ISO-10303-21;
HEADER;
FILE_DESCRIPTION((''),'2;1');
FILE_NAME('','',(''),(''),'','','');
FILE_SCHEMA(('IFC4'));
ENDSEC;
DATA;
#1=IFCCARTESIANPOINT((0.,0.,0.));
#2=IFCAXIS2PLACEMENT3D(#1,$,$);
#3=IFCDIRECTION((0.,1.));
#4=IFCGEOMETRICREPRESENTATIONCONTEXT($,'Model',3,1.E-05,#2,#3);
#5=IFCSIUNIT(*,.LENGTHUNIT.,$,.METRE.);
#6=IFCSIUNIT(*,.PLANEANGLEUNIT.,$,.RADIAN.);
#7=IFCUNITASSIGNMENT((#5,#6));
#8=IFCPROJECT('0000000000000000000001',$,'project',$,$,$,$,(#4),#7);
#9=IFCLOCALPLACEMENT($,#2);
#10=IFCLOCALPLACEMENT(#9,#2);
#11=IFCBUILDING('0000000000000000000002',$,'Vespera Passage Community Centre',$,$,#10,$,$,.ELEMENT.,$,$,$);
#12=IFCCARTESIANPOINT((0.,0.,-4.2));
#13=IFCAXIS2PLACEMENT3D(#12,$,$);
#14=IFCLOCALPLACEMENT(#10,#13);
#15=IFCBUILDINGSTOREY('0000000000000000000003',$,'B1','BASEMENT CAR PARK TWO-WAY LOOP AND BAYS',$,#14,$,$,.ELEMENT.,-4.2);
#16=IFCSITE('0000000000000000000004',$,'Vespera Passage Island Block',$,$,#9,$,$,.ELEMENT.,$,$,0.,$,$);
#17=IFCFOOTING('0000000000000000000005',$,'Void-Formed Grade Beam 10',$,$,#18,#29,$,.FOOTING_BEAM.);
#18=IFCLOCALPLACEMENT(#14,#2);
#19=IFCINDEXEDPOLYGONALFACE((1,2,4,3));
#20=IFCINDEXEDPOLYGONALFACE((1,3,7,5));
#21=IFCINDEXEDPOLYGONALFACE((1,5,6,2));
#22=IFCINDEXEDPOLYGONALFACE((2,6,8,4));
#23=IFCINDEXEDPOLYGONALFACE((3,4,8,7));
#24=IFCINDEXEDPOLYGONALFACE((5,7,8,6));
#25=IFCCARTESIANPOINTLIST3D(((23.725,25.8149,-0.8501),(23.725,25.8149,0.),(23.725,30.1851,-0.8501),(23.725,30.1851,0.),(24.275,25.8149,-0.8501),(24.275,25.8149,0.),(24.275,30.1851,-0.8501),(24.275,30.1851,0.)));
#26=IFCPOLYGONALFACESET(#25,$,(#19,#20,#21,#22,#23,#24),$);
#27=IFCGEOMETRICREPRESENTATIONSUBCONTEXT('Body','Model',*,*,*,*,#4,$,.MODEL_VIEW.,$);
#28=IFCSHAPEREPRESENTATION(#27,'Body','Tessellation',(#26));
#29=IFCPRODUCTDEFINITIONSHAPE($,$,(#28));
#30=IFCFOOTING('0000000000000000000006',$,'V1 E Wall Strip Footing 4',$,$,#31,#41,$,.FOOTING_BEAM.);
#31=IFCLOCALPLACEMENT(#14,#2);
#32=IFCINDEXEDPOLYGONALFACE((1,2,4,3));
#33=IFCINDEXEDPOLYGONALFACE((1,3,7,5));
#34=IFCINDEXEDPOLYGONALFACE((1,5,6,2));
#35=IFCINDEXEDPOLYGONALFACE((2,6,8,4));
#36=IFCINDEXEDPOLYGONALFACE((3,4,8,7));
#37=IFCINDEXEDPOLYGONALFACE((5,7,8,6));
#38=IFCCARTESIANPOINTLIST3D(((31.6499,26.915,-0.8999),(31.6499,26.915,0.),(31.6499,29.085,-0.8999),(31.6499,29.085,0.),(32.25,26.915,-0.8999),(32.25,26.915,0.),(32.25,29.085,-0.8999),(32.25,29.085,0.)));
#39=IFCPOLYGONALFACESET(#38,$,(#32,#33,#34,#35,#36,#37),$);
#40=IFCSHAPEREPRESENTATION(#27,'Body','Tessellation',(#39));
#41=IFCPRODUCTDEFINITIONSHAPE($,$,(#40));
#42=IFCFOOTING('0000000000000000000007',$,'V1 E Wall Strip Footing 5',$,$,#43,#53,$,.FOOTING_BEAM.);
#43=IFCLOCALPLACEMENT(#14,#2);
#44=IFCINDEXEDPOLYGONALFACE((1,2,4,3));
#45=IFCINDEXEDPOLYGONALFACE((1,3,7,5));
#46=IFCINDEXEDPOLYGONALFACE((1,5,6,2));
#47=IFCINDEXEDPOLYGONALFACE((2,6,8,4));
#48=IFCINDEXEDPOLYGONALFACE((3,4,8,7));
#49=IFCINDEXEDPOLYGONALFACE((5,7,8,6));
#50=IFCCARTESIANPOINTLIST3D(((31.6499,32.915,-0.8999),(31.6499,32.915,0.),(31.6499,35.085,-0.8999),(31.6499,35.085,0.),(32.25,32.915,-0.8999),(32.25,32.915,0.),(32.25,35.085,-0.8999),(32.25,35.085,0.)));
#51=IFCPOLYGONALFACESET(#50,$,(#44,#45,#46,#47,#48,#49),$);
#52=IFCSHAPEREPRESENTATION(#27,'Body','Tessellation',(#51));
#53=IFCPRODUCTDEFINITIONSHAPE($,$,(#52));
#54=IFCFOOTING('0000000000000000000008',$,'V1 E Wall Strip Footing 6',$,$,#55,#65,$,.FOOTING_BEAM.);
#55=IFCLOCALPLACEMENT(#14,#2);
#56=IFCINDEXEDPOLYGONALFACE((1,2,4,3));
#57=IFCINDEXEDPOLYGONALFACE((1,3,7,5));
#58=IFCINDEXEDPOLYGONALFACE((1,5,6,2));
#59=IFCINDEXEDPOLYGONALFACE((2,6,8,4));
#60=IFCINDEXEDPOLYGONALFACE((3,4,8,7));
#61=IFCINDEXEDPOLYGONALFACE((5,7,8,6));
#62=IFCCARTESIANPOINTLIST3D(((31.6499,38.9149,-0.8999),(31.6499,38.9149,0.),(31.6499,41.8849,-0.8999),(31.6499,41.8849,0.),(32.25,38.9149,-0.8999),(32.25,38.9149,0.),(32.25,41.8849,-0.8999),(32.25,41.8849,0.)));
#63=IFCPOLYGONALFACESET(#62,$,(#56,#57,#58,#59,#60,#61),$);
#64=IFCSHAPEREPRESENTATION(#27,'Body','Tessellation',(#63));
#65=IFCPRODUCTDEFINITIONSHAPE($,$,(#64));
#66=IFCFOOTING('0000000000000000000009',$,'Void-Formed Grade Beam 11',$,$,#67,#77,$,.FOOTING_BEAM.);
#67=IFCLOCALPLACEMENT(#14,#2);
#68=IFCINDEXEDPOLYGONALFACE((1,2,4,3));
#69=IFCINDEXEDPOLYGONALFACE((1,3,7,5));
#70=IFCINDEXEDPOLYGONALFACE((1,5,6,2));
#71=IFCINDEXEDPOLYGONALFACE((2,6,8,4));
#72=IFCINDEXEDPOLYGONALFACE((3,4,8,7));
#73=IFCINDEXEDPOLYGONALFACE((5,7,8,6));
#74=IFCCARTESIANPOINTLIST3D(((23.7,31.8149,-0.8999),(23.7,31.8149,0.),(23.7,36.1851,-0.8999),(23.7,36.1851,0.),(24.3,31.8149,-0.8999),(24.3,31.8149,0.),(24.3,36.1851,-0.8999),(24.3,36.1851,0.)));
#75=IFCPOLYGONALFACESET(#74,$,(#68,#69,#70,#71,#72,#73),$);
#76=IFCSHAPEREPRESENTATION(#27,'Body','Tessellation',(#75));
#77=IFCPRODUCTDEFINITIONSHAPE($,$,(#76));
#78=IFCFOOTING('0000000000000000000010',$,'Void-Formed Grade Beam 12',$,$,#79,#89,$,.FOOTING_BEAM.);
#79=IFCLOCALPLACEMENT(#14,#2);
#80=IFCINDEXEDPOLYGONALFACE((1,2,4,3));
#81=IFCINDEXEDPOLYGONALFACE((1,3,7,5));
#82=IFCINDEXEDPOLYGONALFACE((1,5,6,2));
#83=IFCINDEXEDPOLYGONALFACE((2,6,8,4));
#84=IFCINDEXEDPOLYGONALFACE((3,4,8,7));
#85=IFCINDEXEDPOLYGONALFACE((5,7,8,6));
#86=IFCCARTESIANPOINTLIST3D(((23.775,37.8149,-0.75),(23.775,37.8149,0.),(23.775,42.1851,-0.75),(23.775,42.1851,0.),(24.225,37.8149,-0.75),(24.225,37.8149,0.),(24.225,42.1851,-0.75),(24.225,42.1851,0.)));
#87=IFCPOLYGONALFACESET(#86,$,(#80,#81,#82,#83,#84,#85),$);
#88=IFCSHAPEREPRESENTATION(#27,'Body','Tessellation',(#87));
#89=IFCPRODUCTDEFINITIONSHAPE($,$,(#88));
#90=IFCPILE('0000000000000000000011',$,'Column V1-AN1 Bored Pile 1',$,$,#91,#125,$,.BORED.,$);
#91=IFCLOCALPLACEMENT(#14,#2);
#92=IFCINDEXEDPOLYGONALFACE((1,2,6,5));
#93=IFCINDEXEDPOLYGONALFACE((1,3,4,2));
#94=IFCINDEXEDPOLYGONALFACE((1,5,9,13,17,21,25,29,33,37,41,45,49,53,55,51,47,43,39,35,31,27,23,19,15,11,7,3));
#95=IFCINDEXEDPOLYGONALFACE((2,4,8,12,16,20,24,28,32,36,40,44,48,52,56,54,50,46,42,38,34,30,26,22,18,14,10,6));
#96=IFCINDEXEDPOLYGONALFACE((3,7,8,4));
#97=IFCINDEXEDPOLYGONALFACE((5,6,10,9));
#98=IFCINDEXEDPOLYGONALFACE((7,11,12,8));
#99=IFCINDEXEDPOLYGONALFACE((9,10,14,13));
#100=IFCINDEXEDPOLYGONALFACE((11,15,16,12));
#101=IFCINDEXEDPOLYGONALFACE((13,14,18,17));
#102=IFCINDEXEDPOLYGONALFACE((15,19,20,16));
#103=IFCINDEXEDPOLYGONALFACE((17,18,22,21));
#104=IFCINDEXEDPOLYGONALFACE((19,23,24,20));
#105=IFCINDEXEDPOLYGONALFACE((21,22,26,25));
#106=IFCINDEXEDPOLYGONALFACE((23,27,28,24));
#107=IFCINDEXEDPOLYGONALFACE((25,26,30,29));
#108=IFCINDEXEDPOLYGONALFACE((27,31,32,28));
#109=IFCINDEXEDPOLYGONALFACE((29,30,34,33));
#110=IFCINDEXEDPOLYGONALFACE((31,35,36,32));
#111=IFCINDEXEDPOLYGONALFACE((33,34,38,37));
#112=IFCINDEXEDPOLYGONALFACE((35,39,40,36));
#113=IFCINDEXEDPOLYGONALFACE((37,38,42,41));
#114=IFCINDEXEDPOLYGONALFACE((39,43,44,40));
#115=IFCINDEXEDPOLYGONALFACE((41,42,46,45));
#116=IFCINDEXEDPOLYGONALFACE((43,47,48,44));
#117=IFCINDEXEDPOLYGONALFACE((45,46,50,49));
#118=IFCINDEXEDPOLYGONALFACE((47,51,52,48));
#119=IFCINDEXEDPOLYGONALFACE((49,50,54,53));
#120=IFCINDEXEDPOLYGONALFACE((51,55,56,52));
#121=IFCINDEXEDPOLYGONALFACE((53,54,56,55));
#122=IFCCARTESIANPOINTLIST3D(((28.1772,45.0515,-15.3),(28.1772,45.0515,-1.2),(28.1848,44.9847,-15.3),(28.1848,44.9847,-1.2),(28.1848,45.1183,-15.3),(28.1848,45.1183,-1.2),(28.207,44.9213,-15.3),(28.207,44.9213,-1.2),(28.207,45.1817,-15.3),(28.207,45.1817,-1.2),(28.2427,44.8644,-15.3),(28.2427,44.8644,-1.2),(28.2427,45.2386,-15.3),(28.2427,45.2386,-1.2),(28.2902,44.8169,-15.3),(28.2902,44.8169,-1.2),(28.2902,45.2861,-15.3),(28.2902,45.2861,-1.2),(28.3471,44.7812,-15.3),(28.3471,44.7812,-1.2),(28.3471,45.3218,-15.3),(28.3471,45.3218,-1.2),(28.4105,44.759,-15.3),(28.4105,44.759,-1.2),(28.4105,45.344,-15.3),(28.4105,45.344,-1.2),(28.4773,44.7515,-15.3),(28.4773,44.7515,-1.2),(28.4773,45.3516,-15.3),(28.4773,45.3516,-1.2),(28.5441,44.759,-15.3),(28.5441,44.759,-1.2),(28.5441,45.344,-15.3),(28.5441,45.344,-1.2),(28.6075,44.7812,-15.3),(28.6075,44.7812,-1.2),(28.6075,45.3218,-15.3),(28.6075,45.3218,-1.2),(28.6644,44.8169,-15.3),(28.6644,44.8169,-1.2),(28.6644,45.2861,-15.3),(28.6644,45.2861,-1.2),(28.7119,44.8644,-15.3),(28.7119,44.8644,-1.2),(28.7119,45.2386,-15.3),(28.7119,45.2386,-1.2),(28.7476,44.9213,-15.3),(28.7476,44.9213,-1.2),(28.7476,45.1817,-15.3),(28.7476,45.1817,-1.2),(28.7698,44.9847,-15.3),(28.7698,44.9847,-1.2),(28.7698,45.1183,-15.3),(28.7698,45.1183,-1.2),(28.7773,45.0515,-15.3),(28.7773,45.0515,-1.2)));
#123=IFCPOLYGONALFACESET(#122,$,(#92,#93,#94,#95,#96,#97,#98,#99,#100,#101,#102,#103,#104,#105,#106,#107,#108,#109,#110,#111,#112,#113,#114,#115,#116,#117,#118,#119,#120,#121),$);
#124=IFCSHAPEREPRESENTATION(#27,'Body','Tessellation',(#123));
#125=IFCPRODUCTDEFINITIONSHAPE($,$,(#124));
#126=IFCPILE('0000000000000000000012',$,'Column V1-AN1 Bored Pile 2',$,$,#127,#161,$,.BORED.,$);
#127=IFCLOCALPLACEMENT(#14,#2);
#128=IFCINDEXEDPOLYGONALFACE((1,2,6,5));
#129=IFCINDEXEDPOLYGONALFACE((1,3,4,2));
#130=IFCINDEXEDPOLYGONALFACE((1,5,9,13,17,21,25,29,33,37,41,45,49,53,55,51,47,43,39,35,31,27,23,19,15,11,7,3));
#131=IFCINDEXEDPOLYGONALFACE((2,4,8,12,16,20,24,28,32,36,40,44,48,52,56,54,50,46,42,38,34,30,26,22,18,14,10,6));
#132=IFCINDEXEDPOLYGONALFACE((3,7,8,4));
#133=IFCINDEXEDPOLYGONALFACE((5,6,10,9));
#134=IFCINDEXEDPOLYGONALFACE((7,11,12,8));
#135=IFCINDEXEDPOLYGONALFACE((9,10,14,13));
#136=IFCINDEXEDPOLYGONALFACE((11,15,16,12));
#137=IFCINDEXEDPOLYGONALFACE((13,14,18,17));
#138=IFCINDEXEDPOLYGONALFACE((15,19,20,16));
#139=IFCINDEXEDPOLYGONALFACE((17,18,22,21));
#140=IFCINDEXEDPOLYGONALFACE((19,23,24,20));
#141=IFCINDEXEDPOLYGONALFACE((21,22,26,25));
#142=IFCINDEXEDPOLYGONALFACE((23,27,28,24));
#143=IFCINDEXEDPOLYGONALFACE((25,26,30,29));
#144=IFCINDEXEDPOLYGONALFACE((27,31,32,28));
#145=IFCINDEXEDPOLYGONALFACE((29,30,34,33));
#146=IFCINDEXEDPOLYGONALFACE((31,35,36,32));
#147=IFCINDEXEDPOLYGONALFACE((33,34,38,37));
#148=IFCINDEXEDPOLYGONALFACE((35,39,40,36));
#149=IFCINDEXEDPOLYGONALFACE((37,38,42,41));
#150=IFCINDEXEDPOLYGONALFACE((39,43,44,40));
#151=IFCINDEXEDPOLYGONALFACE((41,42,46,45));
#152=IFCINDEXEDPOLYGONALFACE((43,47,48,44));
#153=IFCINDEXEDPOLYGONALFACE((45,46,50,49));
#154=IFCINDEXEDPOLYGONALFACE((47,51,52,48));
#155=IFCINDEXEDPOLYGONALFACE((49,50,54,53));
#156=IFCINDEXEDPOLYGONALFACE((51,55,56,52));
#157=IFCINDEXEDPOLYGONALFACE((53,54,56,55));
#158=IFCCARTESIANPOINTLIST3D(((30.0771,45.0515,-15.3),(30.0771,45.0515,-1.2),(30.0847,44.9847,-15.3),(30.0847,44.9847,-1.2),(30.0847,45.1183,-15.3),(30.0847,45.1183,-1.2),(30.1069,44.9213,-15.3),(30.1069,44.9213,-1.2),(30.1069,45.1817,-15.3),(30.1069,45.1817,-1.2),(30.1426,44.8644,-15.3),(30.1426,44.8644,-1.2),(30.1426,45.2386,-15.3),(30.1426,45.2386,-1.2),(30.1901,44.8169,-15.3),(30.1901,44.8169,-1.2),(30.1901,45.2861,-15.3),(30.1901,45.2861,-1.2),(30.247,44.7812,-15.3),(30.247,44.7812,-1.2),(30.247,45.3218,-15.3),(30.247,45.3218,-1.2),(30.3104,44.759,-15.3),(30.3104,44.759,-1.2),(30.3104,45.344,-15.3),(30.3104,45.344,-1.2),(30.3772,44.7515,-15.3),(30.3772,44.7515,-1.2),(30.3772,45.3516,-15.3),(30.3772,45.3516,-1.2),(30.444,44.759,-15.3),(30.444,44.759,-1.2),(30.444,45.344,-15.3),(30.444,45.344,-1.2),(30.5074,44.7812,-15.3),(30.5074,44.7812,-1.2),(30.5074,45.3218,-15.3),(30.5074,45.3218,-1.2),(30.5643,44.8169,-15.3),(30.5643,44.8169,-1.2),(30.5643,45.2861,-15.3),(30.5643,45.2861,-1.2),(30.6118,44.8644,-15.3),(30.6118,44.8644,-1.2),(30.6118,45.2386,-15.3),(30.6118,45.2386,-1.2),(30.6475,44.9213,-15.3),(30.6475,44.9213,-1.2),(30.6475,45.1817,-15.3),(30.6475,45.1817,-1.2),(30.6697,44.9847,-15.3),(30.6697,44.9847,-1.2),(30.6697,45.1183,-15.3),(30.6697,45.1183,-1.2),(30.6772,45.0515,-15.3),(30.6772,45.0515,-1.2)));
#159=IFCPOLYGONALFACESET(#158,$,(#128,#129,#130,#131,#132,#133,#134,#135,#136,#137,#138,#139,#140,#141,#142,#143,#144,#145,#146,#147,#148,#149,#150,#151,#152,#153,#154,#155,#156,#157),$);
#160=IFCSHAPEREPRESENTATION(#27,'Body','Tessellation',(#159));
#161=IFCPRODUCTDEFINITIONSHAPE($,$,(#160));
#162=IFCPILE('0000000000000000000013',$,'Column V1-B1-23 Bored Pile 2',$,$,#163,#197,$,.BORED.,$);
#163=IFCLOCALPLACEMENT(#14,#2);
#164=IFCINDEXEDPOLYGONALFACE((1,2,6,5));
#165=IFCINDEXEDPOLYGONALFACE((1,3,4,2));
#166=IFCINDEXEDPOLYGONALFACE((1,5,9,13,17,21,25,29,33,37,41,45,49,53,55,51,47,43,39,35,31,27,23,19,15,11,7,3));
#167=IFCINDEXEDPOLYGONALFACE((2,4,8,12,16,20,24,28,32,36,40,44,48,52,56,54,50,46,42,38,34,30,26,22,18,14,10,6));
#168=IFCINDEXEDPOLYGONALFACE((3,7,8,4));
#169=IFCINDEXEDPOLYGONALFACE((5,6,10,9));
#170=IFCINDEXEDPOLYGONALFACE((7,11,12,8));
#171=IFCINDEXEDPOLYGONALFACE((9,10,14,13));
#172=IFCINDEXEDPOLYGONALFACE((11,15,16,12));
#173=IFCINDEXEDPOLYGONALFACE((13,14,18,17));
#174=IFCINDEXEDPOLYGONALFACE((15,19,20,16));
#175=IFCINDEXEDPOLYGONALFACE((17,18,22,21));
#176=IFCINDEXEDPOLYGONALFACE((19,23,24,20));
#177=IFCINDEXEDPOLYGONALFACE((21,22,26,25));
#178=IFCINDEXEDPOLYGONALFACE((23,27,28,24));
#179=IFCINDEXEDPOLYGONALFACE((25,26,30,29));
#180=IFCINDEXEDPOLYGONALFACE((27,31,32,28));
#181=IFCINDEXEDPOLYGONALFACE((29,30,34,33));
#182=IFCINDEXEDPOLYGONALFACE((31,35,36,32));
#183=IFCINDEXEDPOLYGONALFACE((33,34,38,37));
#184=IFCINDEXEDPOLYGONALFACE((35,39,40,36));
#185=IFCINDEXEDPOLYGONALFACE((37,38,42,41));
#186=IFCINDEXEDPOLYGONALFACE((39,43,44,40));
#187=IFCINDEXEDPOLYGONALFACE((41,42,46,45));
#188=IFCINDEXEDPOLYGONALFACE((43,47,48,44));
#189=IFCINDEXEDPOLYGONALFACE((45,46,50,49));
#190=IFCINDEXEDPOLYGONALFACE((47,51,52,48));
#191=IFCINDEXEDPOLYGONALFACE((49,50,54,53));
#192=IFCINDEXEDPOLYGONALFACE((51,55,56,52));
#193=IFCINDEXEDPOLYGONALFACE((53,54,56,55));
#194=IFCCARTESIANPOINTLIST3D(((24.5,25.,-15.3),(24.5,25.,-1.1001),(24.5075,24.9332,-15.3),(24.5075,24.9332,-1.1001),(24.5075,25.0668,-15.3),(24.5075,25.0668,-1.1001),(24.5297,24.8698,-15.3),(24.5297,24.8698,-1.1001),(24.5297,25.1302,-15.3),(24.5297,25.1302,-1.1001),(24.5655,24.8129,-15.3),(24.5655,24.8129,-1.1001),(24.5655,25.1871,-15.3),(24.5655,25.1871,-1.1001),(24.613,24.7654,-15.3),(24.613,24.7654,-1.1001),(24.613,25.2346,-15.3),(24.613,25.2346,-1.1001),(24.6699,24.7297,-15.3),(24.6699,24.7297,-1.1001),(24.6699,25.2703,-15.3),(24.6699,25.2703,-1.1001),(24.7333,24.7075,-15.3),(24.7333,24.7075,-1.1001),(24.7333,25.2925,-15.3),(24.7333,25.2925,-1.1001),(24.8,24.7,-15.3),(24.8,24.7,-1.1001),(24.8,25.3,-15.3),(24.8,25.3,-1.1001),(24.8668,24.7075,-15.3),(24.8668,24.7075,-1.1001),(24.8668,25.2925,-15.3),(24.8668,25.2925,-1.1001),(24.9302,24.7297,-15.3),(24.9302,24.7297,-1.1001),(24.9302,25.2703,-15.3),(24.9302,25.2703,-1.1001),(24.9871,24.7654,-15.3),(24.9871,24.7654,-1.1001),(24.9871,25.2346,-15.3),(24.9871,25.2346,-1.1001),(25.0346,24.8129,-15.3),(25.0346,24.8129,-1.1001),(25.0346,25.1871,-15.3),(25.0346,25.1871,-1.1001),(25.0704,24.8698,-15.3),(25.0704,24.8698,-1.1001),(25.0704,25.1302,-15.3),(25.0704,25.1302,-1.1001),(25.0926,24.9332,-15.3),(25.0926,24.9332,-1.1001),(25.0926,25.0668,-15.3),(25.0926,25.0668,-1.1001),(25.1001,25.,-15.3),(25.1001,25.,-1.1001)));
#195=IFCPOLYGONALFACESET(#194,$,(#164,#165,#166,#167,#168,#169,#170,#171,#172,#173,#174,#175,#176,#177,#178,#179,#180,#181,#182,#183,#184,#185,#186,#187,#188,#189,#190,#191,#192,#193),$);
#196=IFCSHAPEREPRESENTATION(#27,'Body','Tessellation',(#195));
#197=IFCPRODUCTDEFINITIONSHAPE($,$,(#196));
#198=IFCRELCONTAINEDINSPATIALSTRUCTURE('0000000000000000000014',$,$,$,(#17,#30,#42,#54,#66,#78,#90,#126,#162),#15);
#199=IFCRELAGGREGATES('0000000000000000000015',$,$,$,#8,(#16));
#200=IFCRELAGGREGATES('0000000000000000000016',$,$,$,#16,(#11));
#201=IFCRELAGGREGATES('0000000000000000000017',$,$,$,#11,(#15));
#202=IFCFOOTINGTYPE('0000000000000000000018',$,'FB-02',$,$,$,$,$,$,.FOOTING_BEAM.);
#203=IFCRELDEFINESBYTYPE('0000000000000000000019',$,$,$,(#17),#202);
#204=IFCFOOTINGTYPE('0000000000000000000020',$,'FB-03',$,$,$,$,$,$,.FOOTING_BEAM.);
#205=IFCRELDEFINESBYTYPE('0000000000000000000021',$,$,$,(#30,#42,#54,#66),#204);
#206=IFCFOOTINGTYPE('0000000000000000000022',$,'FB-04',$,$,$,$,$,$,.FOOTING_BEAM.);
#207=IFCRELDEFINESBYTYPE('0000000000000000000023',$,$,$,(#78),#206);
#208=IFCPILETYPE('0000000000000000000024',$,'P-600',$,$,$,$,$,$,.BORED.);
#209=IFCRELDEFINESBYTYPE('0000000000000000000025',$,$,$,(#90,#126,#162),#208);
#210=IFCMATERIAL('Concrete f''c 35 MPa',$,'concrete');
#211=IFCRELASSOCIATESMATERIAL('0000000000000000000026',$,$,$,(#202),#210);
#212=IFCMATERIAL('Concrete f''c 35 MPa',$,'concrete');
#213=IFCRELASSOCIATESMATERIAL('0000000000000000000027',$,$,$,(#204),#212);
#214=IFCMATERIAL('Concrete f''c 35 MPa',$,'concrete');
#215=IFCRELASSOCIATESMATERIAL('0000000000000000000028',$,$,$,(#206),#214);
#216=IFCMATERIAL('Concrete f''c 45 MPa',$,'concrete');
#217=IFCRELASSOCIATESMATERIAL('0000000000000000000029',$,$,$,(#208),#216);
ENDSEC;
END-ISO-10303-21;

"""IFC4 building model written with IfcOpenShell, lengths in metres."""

from ifc_helpers import new_model, si_unit, direction, frame, origin, origin_2d, place, context, subcontext, project, spatial, rectangle, circle, extrude, material, material_profile, profile_set, type_object, element, save


model = new_model("IFC4")

# Units and contexts
model_context = context("Model", 3, precision=1e-05, world=origin(), true_north=direction((0.0, 1.0)))
body_context = subcontext(model_context, "Body", "Model", "MODEL_VIEW")
ifc_project = project(units=[si_unit("LENGTHUNIT", "METRE"), si_unit("PLANEANGLEUNIT", "RADIAN")], contexts=[model_context])

# Site, building, storey
site_placement = place(None, origin())
site = spatial("IfcSite", under=ifc_project, at=site_placement, Name="Vespera Passage Island Block", CompositionType="ELEMENT", RefElevation=0.0)
building_placement = place(site_placement, origin())
building = spatial("IfcBuilding", under=site, at=building_placement, Name="Vespera Passage Community Centre", CompositionType="ELEMENT")
storey_placement = place(building_placement, frame((0.0, 0.0, -4.2)))
storey = spatial("IfcBuildingStorey", under=building, at=storey_placement, Name="B1", Description="BASEMENT CAR PARK TWO-WAY LOOP AND BAYS", CompositionType="ELEMENT", Elevation=-4.2)

# Footings
ifc_material_1 = material(Name="Concrete f'c 35 MPa", Category="concrete")
footing_type_1 = type_object("IfcFootingType", Name="FB-02", PredefinedType="FOOTING_BEAM", material=ifc_material_1)
footing_1_placement = place(storey_placement, frame((24.0, 28.0, -0.8501), z_axis=(0.0, 0.0, 1.0), x_axis=(0.0, 1.0, 0.0)))
element("IfcFooting", 1, at=footing_1_placement, inside=storey, type_object=footing_type_1, Name="Void-Formed Grade Beam 10", PredefinedType="FOOTING_BEAM", context=body_context, shape_type="SweptSolid", body=[
    extrude(rectangle(XDim=4.3701, YDim=0.55, at=origin_2d()), origin(), (0.0, 0.0, 1.0), 0.8501),
])
ifc_material_2 = material(Name="Concrete f'c 35 MPa", Category="concrete")
footing_type_2 = type_object("IfcFootingType", Name="FB-03", PredefinedType="FOOTING_BEAM", material=ifc_material_2)
for number, where, z_axis, x_axis, name in (
    (2, (31.95, 28.0, -0.8999), (0.0, 0.0, 1.0), (0.0, 1.0, 0.0), "V1 E Wall Strip Footing 4"),
    (3, (31.95, 34.0, -0.8999), (0.0, 0.0, 1.0), (0.0, 1.0, 0.0), "V1 E Wall Strip Footing 5"),
):
    element("IfcFooting", number, at=place(storey_placement, frame(where, z_axis=z_axis, x_axis=x_axis)), inside=storey, type_object=footing_type_2, Name=name, PredefinedType="FOOTING_BEAM", context=body_context, shape_type="SweptSolid", body=[
        extrude(rectangle(XDim=2.1699, YDim=0.6001, at=origin_2d()), origin(), (0.0, 0.0, 1.0), 0.8999),
    ])
footing_2_placement = place(storey_placement, frame((31.95, 40.3999, -0.8999), z_axis=(0.0, 0.0, 1.0), x_axis=(0.0, 1.0, 0.0)))
element("IfcFooting", 4, at=footing_2_placement, inside=storey, type_object=footing_type_2, Name="V1 E Wall Strip Footing 6", PredefinedType="FOOTING_BEAM", context=body_context, shape_type="SweptSolid", body=[
    extrude(rectangle(XDim=2.97, YDim=0.6001, at=origin_2d()), origin(), (0.0, 0.0, 1.0), 0.8999),
])
footing_3_placement = place(storey_placement, frame((24.0, 34.0, -0.8999), z_axis=(0.0, 0.0, 1.0), x_axis=(0.0, 1.0, 0.0)))
element("IfcFooting", 5, at=footing_3_placement, inside=storey, type_object=footing_type_2, Name="Void-Formed Grade Beam 11", PredefinedType="FOOTING_BEAM", context=body_context, shape_type="SweptSolid", body=[
    extrude(rectangle(XDim=4.3701, YDim=0.6001, at=origin_2d()), origin(), (0.0, 0.0, 1.0), 0.8999),
])
ifc_material_3 = material(Name="Concrete f'c 35 MPa", Category="concrete")
footing_type_3 = type_object("IfcFootingType", Name="FB-04", PredefinedType="FOOTING_BEAM", material=ifc_material_3)
footing_4_placement = place(storey_placement, frame((24.0, 40.0, -0.75), z_axis=(0.0, 0.0, 1.0), x_axis=(0.0, 1.0, 0.0)))
element("IfcFooting", 6, at=footing_4_placement, inside=storey, type_object=footing_type_3, Name="Void-Formed Grade Beam 12", PredefinedType="FOOTING_BEAM", context=body_context, shape_type="SweptSolid", body=[
    extrude(rectangle(XDim=4.3701, YDim=0.45, at=origin_2d()), origin(), (0.0, 0.0, 1.0), 0.75),
])

# Piles
ifc_material_4 = material(Name="Concrete f'c 45 MPa", Category="concrete")
ifc_material_profile_1 = material_profile(ifc_material_4, circle(Radius=0.3, at=origin_2d()), Name="PILE600DIA")
ifc_profile_set_1 = profile_set([ifc_material_profile_1], Name="Concrete f'c 45 MPa")
pile_type_1 = type_object("IfcPileType", Name="P-600", PredefinedType="BORED", material=ifc_profile_set_1)
for number, where, z_axis, x_axis, name in (
    (7, (28.4773, 45.0515, -1.2), (0.0, 0.0, -1.0), (1.0, 0.0, 0.0), "Column V1-AN1 Bored Pile 1"),
    (8, (30.3772, 45.0515, -1.2), (0.0, 0.0, -1.0), (1.0, 0.0, 0.0), "Column V1-AN1 Bored Pile 2"),
):
    element("IfcPile", number, at=place(storey_placement, frame(where, z_axis=z_axis, x_axis=x_axis)), inside=storey, type_object=pile_type_1, Name=name, PredefinedType="BORED", context=body_context, shape_type="SweptSolid", body=[
        extrude(circle(Radius=0.3, at=origin_2d()), origin(), (0.0, 0.0, 1.0), 14.1001),
    ])
for number, where, z_axis, x_axis, name in (
    (9, (24.8, 25.0, -1.1001), (0.0, 0.0, -1.0), (1.0, 0.0, 0.0), "Column V1-B1-23 Bored Pile 2"),
):
    element("IfcPile", number, at=place(storey_placement, frame(where, z_axis=z_axis, x_axis=x_axis)), inside=storey, type_object=pile_type_1, Name=name, PredefinedType="BORED", context=body_context, shape_type="SweptSolid", body=[
        extrude(circle(Radius=0.3, at=origin_2d()), origin(), (0.0, 0.0, 1.0), 14.2),
    ])

save(model, "model.ifc")
